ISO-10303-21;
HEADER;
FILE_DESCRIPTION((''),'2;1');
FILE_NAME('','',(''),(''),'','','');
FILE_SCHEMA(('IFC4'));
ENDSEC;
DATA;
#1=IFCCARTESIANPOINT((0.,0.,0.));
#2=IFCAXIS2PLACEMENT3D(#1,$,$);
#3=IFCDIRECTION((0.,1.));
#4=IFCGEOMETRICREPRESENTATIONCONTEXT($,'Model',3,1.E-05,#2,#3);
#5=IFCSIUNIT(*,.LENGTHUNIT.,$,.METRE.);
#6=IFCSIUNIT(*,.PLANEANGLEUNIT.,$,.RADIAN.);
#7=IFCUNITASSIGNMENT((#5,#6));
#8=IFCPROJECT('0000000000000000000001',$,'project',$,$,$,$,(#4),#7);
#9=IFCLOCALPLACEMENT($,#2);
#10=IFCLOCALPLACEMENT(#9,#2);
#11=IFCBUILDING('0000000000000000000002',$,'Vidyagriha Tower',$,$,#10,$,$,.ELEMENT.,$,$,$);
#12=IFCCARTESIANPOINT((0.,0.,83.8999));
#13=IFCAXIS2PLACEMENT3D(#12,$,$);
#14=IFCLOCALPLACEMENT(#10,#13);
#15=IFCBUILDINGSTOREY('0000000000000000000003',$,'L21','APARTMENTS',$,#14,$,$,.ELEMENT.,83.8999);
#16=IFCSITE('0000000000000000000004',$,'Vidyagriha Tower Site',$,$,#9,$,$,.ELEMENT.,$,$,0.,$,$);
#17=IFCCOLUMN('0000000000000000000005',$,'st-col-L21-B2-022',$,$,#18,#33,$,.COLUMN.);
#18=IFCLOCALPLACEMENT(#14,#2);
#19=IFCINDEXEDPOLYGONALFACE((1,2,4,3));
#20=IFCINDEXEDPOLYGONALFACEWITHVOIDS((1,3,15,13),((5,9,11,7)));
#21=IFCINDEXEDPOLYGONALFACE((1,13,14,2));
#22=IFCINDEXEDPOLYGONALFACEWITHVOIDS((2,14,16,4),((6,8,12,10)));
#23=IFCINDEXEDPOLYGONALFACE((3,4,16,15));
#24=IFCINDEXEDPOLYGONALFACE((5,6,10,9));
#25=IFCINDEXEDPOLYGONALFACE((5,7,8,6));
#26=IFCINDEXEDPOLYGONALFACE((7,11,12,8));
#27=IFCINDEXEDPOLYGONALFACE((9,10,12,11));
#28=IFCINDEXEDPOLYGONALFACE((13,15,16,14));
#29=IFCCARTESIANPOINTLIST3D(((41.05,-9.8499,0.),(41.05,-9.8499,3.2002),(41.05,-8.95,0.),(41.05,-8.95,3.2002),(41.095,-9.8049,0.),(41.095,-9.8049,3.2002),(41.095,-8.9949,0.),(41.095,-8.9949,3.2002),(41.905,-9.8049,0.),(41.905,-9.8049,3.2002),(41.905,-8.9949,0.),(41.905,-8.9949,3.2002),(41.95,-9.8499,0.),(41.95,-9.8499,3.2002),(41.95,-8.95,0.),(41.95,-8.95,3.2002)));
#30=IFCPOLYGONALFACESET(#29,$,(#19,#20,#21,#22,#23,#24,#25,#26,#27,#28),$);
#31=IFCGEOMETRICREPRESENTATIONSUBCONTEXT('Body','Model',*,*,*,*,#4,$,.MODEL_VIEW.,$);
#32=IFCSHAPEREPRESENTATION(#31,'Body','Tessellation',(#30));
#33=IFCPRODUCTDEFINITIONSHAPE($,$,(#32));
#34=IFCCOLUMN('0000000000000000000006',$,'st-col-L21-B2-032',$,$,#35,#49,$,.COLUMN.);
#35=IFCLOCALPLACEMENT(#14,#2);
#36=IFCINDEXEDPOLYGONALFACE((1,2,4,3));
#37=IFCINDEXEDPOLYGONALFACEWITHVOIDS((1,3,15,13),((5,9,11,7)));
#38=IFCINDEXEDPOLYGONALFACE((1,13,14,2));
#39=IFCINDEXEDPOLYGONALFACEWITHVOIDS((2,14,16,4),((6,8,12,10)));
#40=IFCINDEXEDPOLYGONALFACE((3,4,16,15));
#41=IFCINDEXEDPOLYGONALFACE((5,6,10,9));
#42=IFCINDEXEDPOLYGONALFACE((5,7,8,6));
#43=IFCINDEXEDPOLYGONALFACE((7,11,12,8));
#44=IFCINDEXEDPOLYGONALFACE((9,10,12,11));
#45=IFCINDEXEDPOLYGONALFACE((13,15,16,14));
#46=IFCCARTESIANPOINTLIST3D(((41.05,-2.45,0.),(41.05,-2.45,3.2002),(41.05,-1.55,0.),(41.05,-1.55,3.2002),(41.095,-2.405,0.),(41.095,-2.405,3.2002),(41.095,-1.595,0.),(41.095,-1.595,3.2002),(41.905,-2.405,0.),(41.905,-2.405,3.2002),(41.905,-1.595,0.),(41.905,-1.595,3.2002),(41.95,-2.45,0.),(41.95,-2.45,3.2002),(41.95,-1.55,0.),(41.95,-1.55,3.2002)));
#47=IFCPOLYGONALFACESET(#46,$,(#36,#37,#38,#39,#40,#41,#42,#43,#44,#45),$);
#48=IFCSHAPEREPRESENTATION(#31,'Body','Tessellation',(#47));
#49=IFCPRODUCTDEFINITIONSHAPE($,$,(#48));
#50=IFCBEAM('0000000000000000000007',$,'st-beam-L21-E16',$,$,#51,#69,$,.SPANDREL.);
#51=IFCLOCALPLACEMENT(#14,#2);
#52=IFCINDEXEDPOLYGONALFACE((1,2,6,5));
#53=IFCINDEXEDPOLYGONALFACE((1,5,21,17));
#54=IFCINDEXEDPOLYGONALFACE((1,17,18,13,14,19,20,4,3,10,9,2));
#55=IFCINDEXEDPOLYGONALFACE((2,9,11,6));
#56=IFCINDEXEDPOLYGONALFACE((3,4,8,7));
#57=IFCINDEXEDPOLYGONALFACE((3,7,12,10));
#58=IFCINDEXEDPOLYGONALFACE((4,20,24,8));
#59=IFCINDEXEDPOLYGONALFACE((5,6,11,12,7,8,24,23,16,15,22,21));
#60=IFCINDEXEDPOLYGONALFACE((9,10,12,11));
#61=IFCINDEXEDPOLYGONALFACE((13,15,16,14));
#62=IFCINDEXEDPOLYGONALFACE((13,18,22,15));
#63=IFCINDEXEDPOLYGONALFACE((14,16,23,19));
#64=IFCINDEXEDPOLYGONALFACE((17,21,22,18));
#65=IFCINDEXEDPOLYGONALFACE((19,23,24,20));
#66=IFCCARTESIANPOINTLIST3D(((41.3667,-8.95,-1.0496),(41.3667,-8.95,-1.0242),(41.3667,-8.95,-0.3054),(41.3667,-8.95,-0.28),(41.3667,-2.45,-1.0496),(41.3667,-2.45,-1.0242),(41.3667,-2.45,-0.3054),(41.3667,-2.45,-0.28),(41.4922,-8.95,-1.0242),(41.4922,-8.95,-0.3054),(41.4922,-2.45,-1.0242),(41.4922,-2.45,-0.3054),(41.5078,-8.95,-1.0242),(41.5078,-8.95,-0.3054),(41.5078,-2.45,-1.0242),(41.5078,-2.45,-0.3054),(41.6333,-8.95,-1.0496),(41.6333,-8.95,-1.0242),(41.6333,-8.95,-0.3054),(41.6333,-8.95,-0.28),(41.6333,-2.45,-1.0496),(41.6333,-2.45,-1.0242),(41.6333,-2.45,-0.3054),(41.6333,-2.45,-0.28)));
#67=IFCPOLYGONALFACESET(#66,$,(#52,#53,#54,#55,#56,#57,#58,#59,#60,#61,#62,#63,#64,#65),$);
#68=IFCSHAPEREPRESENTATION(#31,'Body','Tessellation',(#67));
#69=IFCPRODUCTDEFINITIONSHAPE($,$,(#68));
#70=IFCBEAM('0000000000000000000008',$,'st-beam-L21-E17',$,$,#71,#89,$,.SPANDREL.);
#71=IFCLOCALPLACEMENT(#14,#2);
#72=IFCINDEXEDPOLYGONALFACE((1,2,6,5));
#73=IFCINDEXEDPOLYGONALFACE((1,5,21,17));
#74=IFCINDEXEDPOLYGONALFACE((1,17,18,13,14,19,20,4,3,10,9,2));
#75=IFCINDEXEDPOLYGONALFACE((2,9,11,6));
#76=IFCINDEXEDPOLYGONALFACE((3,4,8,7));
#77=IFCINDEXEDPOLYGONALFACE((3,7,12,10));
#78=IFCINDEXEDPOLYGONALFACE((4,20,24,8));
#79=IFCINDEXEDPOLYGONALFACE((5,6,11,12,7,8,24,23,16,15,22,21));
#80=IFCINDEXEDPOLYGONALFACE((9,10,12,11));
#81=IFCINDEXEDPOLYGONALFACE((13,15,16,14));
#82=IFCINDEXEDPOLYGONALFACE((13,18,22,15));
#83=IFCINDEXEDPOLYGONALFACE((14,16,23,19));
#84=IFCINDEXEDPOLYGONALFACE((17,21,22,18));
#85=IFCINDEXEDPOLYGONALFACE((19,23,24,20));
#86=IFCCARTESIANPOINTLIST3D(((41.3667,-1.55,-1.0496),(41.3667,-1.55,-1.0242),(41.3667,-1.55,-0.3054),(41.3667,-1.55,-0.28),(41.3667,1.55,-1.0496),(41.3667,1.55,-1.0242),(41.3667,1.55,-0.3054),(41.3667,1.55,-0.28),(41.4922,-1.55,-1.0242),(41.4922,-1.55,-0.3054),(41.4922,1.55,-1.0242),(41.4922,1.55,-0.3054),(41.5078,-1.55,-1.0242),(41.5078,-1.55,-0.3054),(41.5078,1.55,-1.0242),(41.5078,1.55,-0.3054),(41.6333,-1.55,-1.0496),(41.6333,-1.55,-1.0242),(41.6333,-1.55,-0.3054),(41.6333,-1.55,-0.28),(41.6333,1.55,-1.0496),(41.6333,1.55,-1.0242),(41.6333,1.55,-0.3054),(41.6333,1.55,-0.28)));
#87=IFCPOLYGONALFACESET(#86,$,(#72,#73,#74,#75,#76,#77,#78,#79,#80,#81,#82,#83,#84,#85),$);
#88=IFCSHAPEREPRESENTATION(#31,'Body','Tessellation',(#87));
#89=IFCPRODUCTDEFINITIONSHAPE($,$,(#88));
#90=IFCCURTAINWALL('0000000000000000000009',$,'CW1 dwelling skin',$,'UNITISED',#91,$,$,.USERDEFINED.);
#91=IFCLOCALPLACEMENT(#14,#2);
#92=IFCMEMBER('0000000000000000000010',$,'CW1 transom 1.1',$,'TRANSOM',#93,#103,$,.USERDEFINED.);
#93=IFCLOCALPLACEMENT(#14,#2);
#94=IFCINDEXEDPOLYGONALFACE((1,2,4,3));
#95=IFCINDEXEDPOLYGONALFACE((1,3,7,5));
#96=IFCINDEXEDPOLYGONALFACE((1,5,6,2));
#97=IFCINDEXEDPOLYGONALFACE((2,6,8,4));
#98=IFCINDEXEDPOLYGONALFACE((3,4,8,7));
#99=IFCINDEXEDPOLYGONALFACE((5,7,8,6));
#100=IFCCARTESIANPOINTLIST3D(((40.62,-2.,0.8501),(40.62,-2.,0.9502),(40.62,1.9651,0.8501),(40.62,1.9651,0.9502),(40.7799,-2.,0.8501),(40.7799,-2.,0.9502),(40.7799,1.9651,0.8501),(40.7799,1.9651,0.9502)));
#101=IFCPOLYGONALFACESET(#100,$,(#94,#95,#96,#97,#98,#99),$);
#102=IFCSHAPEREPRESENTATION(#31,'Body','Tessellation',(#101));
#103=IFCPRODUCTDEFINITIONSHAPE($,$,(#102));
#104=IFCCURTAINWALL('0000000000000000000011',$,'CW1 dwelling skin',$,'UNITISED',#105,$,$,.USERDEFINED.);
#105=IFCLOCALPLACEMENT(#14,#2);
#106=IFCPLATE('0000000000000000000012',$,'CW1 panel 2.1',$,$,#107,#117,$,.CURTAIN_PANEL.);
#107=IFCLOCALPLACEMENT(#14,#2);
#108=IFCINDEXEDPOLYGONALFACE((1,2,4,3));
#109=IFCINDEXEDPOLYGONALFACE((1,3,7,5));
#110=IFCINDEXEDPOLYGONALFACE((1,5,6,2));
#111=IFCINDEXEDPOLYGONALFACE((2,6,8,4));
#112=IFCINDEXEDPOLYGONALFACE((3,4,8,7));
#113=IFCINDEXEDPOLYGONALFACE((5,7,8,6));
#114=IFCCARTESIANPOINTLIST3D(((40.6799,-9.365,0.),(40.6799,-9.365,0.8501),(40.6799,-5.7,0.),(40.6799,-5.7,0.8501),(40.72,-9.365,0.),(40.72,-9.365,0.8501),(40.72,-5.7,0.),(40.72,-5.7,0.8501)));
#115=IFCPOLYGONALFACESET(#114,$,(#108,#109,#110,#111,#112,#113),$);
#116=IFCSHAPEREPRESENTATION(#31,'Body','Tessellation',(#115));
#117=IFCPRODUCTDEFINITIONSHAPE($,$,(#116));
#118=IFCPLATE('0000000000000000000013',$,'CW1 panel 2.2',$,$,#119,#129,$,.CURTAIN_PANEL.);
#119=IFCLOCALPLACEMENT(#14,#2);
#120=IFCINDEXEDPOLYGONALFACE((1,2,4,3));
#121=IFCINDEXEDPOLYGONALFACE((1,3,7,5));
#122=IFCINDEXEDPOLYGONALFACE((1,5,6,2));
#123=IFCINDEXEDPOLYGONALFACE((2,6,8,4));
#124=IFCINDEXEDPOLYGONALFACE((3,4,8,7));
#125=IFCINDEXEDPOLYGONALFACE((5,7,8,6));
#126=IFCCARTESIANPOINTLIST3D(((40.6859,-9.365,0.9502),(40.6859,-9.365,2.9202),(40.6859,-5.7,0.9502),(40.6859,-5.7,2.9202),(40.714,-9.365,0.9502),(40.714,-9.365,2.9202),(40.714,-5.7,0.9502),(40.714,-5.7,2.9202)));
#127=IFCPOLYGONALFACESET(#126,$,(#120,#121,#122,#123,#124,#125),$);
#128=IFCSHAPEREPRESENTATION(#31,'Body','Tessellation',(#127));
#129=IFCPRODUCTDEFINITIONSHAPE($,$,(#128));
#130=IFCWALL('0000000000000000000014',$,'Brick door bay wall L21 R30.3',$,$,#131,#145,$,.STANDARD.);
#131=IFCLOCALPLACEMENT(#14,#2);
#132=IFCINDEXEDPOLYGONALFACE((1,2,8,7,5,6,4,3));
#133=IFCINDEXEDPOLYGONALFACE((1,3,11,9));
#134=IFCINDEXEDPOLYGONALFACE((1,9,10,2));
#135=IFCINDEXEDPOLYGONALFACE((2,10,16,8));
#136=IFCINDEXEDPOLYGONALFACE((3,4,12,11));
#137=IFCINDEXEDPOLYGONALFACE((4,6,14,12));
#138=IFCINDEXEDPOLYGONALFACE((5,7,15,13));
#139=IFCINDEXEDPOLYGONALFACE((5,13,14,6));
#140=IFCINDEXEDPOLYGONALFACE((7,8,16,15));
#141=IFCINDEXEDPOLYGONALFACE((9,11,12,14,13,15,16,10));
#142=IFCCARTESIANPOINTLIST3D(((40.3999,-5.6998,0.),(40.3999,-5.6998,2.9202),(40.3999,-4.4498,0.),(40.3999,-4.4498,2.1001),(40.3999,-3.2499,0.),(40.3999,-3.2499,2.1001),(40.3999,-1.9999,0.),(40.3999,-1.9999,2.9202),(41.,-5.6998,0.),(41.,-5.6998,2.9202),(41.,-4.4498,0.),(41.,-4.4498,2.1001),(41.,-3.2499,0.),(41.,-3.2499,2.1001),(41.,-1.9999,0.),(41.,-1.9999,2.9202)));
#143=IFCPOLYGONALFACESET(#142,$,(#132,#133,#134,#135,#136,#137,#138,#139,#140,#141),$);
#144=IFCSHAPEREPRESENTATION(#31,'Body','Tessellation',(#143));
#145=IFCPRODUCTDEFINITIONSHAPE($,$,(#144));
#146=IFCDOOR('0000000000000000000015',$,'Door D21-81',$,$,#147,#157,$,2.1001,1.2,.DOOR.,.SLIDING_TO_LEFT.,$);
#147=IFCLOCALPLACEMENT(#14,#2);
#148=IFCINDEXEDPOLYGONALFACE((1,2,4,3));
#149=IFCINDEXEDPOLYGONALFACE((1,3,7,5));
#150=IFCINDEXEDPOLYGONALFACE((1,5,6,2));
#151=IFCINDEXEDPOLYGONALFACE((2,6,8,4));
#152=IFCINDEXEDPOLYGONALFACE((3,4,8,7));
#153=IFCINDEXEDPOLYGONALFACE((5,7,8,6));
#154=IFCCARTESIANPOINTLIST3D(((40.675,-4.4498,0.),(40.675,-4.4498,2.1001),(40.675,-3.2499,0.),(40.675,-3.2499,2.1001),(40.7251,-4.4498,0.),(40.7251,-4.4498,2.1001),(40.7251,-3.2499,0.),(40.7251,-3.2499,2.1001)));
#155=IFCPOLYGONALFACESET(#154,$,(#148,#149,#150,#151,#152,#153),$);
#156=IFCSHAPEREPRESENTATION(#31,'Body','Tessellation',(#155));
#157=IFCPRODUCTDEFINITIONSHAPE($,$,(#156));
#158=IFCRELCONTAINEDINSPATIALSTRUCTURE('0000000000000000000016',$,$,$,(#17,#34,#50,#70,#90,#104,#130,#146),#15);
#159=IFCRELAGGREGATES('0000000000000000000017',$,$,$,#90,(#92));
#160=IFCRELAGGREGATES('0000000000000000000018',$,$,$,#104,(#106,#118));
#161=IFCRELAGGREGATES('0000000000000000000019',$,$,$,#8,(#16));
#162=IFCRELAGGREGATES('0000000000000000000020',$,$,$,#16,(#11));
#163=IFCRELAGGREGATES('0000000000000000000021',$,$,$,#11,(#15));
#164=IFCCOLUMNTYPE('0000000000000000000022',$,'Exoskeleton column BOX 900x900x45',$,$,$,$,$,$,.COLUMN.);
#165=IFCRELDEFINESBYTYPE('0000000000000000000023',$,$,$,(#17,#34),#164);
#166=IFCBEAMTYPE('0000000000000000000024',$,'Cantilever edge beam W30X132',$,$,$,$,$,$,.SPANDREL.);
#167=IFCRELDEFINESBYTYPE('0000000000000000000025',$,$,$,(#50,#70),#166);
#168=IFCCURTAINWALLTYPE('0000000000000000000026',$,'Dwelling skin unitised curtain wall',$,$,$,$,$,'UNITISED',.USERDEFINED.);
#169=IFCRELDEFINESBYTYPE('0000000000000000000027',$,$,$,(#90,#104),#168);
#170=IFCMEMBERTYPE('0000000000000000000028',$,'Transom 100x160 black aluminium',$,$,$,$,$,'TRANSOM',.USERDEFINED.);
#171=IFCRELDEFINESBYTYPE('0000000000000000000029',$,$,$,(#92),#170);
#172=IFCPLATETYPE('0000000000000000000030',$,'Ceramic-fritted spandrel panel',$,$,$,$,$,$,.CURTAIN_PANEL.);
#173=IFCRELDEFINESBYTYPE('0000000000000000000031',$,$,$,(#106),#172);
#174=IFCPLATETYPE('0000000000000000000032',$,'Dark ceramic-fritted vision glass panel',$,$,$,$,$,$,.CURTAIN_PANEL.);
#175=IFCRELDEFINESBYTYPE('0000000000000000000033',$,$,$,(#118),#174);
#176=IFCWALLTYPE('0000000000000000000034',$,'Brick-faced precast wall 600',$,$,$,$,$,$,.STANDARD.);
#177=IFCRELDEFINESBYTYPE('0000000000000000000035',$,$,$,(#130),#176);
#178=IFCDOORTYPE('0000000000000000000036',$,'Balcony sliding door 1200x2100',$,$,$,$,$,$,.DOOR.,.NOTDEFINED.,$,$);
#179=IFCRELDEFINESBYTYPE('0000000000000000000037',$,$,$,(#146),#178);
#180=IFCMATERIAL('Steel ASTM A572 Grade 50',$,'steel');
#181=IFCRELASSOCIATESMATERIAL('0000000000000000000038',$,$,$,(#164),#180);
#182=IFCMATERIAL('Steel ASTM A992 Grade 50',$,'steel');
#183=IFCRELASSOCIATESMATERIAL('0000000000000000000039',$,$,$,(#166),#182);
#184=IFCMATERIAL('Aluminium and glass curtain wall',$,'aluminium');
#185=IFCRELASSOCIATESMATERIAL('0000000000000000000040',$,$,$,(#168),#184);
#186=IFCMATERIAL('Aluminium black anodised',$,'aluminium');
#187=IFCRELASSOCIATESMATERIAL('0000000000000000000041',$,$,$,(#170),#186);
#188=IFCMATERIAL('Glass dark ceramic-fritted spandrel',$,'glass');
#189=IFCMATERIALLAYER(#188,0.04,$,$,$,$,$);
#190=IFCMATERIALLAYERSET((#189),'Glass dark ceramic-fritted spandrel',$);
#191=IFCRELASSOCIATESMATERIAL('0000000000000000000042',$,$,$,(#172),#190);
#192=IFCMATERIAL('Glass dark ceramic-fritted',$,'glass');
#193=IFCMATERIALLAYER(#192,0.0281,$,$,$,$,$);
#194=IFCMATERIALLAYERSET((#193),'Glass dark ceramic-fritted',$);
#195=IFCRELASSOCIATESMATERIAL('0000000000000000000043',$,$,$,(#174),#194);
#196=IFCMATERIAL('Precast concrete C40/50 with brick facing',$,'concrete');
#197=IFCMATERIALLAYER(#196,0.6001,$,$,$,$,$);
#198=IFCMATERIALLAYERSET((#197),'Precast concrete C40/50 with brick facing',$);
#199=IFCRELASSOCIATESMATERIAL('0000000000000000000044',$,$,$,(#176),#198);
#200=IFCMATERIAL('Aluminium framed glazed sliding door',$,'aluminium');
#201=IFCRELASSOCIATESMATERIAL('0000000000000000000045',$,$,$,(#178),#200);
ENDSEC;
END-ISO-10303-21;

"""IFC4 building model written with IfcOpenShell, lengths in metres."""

from ifc_helpers import new_model, si_unit, direction, frame, frame_2d, origin, origin_2d, place, context, subcontext, project, spatial, rectangle, hollow_rectangle, i_section, extrude, material, layer, layer_set, material_profile, profile_set, type_object, element, fill, aggregate, save


model = new_model("IFC4")

# Units and contexts
model_context = context("Model", 3, precision=1e-05, world=origin(), true_north=direction((0.0, 1.0)))
body_context = subcontext(model_context, "Body", "Model", "MODEL_VIEW")
ifc_project = project(units=[si_unit("LENGTHUNIT", "METRE"), si_unit("PLANEANGLEUNIT", "RADIAN")], contexts=[model_context])

# Site, building, storey
site_placement = place(None, origin())
site = spatial("IfcSite", under=ifc_project, at=site_placement, Name="Vidyagriha Tower Site", CompositionType="ELEMENT", RefElevation=0.0)
building_placement = place(site_placement, origin())
building = spatial("IfcBuilding", under=site, at=building_placement, Name="Vidyagriha Tower", CompositionType="ELEMENT")
storey_placement = place(building_placement, frame((0.0, 0.0, 83.8999)))
storey = spatial("IfcBuildingStorey", under=building, at=storey_placement, Name="L21", Description="APARTMENTS", CompositionType="ELEMENT", Elevation=83.8999)

# Columns
ifc_material_1 = material(Name="Steel ASTM A572 Grade 50", Category="steel")
ifc_material_profile_1 = material_profile(ifc_material_1, hollow_rectangle(XDim=0.8999, YDim=0.8999, WallThickness=0.0449, at=origin_2d()), Name="BOX 900x900x45")
ifc_profile_set_1 = profile_set([ifc_material_profile_1], Name="Steel ASTM A572 Grade 50")
column_type = type_object("IfcColumnType", Name="Exoskeleton column BOX 900x900x45", PredefinedType="COLUMN", material=ifc_profile_set_1)
for number, where, name in (
    (1, (41.5, -9.3999, 0.0), "st-col-L21-B2-022"),
    (2, (41.5, -2.0, 0.0), "st-col-L21-B2-032"),
):
    element("IfcColumn", number, at=place(storey_placement, frame(where)), inside=storey, type_object=column_type, Name=name, PredefinedType="COLUMN", context=body_context, shape_type="SweptSolid", body=[
        extrude(hollow_rectangle(XDim=0.8999, YDim=0.8999, WallThickness=0.0449, at=origin_2d()), origin(), (0.0, 0.0, 1.0), 3.2002),
    ])

# Beams
ifc_material_2 = material(Name="Steel ASTM A992 Grade 50", Category="steel")
ifc_material_profile_2 = material_profile(ifc_material_2, i_section(OverallWidth=0.2666, OverallDepth=0.7695, WebThickness=0.0156, FlangeThickness=0.0254, at=origin_2d()), Name="W30X132")
ifc_profile_set_2 = profile_set([ifc_material_profile_2], Name="Steel ASTM A992 Grade 50")
beam_type = type_object("IfcBeamType", Name="Cantilever edge beam W30X132", PredefinedType="SPANDREL", material=ifc_profile_set_2)
beam_1_placement = place(storey_placement, frame((41.5, -8.95, -0.6648), z_axis=(0.0, 1.0, 0.0), x_axis=(-1.0, 0.0, 0.0)))
element("IfcBeam", 3, at=beam_1_placement, inside=storey, type_object=beam_type, Name="st-beam-L21-E16", PredefinedType="SPANDREL", context=body_context, shape_type="SweptSolid", body=[
    extrude(i_section(OverallWidth=0.2666, OverallDepth=0.7695, WebThickness=0.0156, FlangeThickness=0.0254, at=origin_2d()), origin(), (0.0, 0.0, 1.0), 6.5),
])
beam_2_placement = place(storey_placement, frame((41.5, -1.55, -0.6648), z_axis=(0.0, 1.0, 0.0), x_axis=(-1.0, 0.0, 0.0)))
element("IfcBeam", 4, at=beam_2_placement, inside=storey, type_object=beam_type, Name="st-beam-L21-E17", PredefinedType="SPANDREL", context=body_context, shape_type="SweptSolid", body=[
    extrude(i_section(OverallWidth=0.2666, OverallDepth=0.7695, WebThickness=0.0156, FlangeThickness=0.0254, at=origin_2d()), origin(), (0.0, 0.0, 1.0), 3.1001),
])

# Curtain wall, member
ifc_material_3 = material(Name="Aluminium and glass curtain wall", Category="aluminium")
curtain_wall_type = type_object("IfcCurtainWallType", Name="Dwelling skin unitised curtain wall", ElementType="UNITISED", PredefinedType="USERDEFINED", material=ifc_material_3)
curtain_wall_1_placement = place(storey_placement, origin())
curtain_wall_1 = element("IfcCurtainWall", 5, at=curtain_wall_1_placement, inside=storey, type_object=curtain_wall_type, Name="CW1 dwelling skin", ObjectType="UNITISED", PredefinedType="USERDEFINED")
ifc_material_4 = material(Name="Aluminium black anodised", Category="aluminium")
ifc_material_profile_3 = material_profile(ifc_material_4, rectangle(XDim=0.1599, YDim=0.1001, at=origin_2d()), Name="Transom 100x160 black aluminium")
ifc_profile_set_3 = profile_set([ifc_material_profile_3], Name="Aluminium black anodised")
member_type = type_object("IfcMemberType", Name="Transom 100x160 black aluminium", ElementType="TRANSOM", PredefinedType="USERDEFINED", material=ifc_profile_set_3)
member_placement = place(storey_placement, frame((40.7, -2.0, 0.9001), z_axis=(0.0, 1.0, 0.0), x_axis=(-1.0, 0.0, 0.0)))
member = element("IfcMember", 6, at=member_placement, type_object=member_type, Name="CW1 transom 1.1", ObjectType="TRANSOM", PredefinedType="USERDEFINED", context=body_context, shape_type="SweptSolid", body=[
    extrude(rectangle(XDim=0.1599, YDim=0.1001, at=origin_2d()), origin(), (0.0, 0.0, 1.0), 3.9651),
])
aggregate(curtain_wall_1, [member])

# Curtain wall, plates
curtain_wall_2_placement = place(storey_placement, origin())
curtain_wall_2 = element("IfcCurtainWall", 7, at=curtain_wall_2_placement, inside=storey, type_object=curtain_wall_type, Name="CW1 dwelling skin", ObjectType="UNITISED", PredefinedType="USERDEFINED")
ifc_material_5 = material(Name="Glass dark ceramic-fritted spandrel", Category="glass")
ifc_layer_1 = layer(ifc_material_5, 0.04)
ifc_layer_set_1 = layer_set([ifc_layer_1], Name="Glass dark ceramic-fritted spandrel")
plate_type_1 = type_object("IfcPlateType", Name="Ceramic-fritted spandrel panel", PredefinedType="CURTAIN_PANEL", material=ifc_layer_set_1)
plate_1_placement = place(storey_placement, frame((40.7, -7.5325, 0.0), z_axis=(0.0, 0.0, 1.0), x_axis=(0.0, 1.0, 0.0)))
plate_1 = element("IfcPlate", 8, at=plate_1_placement, type_object=plate_type_1, Name="CW1 panel 2.1", PredefinedType="CURTAIN_PANEL", context=body_context, shape_type="SweptSolid", body=[
    extrude(rectangle(XDim=3.665, YDim=0.04, at=origin_2d()), origin(), (0.0, 0.0, 1.0), 0.8501),
])
ifc_material_6 = material(Name="Glass dark ceramic-fritted", Category="glass")
ifc_layer_2 = layer(ifc_material_6, 0.0281)
ifc_layer_set_2 = layer_set([ifc_layer_2], Name="Glass dark ceramic-fritted")
plate_type_2 = type_object("IfcPlateType", Name="Dark ceramic-fritted vision glass panel", PredefinedType="CURTAIN_PANEL", material=ifc_layer_set_2)
plate_2_placement = place(storey_placement, frame((40.7, -7.5325, 0.9502), z_axis=(0.0, 0.0, 1.0), x_axis=(0.0, 1.0, 0.0)))
plate_2 = element("IfcPlate", 9, at=plate_2_placement, type_object=plate_type_2, Name="CW1 panel 2.2", PredefinedType="CURTAIN_PANEL", context=body_context, shape_type="SweptSolid", body=[
    extrude(rectangle(XDim=3.665, YDim=0.0281, at=origin_2d()), origin(), (0.0, 0.0, 1.0), 1.97),
])
aggregate(curtain_wall_2, [plate_1, plate_2])

# Wall, opening, door
ifc_material_7 = material(Name="Precast concrete C40/50 with brick facing", Category="concrete")
ifc_layer_3 = layer(ifc_material_7, 0.6001)
ifc_layer_set_3 = layer_set([ifc_layer_3], Name="Precast concrete C40/50 with brick facing")
wall_type = type_object("IfcWallType", Name="Brick-faced precast wall 600", PredefinedType="STANDARD", material=ifc_layer_set_3)
wall_placement = place(storey_placement, frame((40.7, -5.7, 0.0), z_axis=(0.0, 0.0, 1.0), x_axis=(0.0, 1.0, 0.0)))
wall = element("IfcWall", 10, at=wall_placement, inside=storey, type_object=wall_type, Name="Brick door bay wall L21 R30.3", PredefinedType="STANDARD", context=body_context, shape_type="SweptSolid", body=[
    extrude(rectangle(XDim=3.7, YDim=0.6001, at=frame_2d((1.8501, 0.0))), origin(), (0.0, 0.0, 1.0), 2.9202),
])
opening_placement = place(wall_placement, frame((1.25, 0.0, 0.0)))
opening = element("IfcOpeningElement", 11, at=opening_placement, cuts=wall, PredefinedType="OPENING", context=body_context, shape_type="SweptSolid", body=[
    extrude(rectangle(XDim=1.2, YDim=2.1001, at=frame_2d((0.6001, 1.05))), frame((0.0, 0.3101, 0.0), z_axis=(0.0, -1.0, 0.0), x_axis=(1.0, 0.0, 0.0)), (0.0, 0.0, 1.0), 0.6201),
])
ifc_material_8 = material(Name="Aluminium framed glazed sliding door", Category="aluminium")
door_type = type_object("IfcDoorType", Name="Balcony sliding door 1200x2100", OperationType="NOTDEFINED", PredefinedType="DOOR", material=ifc_material_8)
door_placement = place(opening_placement, origin())
door = element("IfcDoor", 12, at=door_placement, inside=storey, type_object=door_type, Name="Door D21-81", OperationType="SLIDING_TO_LEFT", OverallHeight=2.1001, OverallWidth=1.2, PredefinedType="DOOR", context=body_context, shape_type="SweptSolid", body=[
    extrude(rectangle(XDim=1.2, YDim=2.1001, at=frame_2d((0.6001, 1.05))), frame((0.0, 0.0249, 0.0), z_axis=(0.0, -1.0, 0.0), x_axis=(1.0, 0.0, 0.0)), (0.0, 0.0, 1.0), 0.05),
])
fill(opening, door)

save(model, "model.ifc")
